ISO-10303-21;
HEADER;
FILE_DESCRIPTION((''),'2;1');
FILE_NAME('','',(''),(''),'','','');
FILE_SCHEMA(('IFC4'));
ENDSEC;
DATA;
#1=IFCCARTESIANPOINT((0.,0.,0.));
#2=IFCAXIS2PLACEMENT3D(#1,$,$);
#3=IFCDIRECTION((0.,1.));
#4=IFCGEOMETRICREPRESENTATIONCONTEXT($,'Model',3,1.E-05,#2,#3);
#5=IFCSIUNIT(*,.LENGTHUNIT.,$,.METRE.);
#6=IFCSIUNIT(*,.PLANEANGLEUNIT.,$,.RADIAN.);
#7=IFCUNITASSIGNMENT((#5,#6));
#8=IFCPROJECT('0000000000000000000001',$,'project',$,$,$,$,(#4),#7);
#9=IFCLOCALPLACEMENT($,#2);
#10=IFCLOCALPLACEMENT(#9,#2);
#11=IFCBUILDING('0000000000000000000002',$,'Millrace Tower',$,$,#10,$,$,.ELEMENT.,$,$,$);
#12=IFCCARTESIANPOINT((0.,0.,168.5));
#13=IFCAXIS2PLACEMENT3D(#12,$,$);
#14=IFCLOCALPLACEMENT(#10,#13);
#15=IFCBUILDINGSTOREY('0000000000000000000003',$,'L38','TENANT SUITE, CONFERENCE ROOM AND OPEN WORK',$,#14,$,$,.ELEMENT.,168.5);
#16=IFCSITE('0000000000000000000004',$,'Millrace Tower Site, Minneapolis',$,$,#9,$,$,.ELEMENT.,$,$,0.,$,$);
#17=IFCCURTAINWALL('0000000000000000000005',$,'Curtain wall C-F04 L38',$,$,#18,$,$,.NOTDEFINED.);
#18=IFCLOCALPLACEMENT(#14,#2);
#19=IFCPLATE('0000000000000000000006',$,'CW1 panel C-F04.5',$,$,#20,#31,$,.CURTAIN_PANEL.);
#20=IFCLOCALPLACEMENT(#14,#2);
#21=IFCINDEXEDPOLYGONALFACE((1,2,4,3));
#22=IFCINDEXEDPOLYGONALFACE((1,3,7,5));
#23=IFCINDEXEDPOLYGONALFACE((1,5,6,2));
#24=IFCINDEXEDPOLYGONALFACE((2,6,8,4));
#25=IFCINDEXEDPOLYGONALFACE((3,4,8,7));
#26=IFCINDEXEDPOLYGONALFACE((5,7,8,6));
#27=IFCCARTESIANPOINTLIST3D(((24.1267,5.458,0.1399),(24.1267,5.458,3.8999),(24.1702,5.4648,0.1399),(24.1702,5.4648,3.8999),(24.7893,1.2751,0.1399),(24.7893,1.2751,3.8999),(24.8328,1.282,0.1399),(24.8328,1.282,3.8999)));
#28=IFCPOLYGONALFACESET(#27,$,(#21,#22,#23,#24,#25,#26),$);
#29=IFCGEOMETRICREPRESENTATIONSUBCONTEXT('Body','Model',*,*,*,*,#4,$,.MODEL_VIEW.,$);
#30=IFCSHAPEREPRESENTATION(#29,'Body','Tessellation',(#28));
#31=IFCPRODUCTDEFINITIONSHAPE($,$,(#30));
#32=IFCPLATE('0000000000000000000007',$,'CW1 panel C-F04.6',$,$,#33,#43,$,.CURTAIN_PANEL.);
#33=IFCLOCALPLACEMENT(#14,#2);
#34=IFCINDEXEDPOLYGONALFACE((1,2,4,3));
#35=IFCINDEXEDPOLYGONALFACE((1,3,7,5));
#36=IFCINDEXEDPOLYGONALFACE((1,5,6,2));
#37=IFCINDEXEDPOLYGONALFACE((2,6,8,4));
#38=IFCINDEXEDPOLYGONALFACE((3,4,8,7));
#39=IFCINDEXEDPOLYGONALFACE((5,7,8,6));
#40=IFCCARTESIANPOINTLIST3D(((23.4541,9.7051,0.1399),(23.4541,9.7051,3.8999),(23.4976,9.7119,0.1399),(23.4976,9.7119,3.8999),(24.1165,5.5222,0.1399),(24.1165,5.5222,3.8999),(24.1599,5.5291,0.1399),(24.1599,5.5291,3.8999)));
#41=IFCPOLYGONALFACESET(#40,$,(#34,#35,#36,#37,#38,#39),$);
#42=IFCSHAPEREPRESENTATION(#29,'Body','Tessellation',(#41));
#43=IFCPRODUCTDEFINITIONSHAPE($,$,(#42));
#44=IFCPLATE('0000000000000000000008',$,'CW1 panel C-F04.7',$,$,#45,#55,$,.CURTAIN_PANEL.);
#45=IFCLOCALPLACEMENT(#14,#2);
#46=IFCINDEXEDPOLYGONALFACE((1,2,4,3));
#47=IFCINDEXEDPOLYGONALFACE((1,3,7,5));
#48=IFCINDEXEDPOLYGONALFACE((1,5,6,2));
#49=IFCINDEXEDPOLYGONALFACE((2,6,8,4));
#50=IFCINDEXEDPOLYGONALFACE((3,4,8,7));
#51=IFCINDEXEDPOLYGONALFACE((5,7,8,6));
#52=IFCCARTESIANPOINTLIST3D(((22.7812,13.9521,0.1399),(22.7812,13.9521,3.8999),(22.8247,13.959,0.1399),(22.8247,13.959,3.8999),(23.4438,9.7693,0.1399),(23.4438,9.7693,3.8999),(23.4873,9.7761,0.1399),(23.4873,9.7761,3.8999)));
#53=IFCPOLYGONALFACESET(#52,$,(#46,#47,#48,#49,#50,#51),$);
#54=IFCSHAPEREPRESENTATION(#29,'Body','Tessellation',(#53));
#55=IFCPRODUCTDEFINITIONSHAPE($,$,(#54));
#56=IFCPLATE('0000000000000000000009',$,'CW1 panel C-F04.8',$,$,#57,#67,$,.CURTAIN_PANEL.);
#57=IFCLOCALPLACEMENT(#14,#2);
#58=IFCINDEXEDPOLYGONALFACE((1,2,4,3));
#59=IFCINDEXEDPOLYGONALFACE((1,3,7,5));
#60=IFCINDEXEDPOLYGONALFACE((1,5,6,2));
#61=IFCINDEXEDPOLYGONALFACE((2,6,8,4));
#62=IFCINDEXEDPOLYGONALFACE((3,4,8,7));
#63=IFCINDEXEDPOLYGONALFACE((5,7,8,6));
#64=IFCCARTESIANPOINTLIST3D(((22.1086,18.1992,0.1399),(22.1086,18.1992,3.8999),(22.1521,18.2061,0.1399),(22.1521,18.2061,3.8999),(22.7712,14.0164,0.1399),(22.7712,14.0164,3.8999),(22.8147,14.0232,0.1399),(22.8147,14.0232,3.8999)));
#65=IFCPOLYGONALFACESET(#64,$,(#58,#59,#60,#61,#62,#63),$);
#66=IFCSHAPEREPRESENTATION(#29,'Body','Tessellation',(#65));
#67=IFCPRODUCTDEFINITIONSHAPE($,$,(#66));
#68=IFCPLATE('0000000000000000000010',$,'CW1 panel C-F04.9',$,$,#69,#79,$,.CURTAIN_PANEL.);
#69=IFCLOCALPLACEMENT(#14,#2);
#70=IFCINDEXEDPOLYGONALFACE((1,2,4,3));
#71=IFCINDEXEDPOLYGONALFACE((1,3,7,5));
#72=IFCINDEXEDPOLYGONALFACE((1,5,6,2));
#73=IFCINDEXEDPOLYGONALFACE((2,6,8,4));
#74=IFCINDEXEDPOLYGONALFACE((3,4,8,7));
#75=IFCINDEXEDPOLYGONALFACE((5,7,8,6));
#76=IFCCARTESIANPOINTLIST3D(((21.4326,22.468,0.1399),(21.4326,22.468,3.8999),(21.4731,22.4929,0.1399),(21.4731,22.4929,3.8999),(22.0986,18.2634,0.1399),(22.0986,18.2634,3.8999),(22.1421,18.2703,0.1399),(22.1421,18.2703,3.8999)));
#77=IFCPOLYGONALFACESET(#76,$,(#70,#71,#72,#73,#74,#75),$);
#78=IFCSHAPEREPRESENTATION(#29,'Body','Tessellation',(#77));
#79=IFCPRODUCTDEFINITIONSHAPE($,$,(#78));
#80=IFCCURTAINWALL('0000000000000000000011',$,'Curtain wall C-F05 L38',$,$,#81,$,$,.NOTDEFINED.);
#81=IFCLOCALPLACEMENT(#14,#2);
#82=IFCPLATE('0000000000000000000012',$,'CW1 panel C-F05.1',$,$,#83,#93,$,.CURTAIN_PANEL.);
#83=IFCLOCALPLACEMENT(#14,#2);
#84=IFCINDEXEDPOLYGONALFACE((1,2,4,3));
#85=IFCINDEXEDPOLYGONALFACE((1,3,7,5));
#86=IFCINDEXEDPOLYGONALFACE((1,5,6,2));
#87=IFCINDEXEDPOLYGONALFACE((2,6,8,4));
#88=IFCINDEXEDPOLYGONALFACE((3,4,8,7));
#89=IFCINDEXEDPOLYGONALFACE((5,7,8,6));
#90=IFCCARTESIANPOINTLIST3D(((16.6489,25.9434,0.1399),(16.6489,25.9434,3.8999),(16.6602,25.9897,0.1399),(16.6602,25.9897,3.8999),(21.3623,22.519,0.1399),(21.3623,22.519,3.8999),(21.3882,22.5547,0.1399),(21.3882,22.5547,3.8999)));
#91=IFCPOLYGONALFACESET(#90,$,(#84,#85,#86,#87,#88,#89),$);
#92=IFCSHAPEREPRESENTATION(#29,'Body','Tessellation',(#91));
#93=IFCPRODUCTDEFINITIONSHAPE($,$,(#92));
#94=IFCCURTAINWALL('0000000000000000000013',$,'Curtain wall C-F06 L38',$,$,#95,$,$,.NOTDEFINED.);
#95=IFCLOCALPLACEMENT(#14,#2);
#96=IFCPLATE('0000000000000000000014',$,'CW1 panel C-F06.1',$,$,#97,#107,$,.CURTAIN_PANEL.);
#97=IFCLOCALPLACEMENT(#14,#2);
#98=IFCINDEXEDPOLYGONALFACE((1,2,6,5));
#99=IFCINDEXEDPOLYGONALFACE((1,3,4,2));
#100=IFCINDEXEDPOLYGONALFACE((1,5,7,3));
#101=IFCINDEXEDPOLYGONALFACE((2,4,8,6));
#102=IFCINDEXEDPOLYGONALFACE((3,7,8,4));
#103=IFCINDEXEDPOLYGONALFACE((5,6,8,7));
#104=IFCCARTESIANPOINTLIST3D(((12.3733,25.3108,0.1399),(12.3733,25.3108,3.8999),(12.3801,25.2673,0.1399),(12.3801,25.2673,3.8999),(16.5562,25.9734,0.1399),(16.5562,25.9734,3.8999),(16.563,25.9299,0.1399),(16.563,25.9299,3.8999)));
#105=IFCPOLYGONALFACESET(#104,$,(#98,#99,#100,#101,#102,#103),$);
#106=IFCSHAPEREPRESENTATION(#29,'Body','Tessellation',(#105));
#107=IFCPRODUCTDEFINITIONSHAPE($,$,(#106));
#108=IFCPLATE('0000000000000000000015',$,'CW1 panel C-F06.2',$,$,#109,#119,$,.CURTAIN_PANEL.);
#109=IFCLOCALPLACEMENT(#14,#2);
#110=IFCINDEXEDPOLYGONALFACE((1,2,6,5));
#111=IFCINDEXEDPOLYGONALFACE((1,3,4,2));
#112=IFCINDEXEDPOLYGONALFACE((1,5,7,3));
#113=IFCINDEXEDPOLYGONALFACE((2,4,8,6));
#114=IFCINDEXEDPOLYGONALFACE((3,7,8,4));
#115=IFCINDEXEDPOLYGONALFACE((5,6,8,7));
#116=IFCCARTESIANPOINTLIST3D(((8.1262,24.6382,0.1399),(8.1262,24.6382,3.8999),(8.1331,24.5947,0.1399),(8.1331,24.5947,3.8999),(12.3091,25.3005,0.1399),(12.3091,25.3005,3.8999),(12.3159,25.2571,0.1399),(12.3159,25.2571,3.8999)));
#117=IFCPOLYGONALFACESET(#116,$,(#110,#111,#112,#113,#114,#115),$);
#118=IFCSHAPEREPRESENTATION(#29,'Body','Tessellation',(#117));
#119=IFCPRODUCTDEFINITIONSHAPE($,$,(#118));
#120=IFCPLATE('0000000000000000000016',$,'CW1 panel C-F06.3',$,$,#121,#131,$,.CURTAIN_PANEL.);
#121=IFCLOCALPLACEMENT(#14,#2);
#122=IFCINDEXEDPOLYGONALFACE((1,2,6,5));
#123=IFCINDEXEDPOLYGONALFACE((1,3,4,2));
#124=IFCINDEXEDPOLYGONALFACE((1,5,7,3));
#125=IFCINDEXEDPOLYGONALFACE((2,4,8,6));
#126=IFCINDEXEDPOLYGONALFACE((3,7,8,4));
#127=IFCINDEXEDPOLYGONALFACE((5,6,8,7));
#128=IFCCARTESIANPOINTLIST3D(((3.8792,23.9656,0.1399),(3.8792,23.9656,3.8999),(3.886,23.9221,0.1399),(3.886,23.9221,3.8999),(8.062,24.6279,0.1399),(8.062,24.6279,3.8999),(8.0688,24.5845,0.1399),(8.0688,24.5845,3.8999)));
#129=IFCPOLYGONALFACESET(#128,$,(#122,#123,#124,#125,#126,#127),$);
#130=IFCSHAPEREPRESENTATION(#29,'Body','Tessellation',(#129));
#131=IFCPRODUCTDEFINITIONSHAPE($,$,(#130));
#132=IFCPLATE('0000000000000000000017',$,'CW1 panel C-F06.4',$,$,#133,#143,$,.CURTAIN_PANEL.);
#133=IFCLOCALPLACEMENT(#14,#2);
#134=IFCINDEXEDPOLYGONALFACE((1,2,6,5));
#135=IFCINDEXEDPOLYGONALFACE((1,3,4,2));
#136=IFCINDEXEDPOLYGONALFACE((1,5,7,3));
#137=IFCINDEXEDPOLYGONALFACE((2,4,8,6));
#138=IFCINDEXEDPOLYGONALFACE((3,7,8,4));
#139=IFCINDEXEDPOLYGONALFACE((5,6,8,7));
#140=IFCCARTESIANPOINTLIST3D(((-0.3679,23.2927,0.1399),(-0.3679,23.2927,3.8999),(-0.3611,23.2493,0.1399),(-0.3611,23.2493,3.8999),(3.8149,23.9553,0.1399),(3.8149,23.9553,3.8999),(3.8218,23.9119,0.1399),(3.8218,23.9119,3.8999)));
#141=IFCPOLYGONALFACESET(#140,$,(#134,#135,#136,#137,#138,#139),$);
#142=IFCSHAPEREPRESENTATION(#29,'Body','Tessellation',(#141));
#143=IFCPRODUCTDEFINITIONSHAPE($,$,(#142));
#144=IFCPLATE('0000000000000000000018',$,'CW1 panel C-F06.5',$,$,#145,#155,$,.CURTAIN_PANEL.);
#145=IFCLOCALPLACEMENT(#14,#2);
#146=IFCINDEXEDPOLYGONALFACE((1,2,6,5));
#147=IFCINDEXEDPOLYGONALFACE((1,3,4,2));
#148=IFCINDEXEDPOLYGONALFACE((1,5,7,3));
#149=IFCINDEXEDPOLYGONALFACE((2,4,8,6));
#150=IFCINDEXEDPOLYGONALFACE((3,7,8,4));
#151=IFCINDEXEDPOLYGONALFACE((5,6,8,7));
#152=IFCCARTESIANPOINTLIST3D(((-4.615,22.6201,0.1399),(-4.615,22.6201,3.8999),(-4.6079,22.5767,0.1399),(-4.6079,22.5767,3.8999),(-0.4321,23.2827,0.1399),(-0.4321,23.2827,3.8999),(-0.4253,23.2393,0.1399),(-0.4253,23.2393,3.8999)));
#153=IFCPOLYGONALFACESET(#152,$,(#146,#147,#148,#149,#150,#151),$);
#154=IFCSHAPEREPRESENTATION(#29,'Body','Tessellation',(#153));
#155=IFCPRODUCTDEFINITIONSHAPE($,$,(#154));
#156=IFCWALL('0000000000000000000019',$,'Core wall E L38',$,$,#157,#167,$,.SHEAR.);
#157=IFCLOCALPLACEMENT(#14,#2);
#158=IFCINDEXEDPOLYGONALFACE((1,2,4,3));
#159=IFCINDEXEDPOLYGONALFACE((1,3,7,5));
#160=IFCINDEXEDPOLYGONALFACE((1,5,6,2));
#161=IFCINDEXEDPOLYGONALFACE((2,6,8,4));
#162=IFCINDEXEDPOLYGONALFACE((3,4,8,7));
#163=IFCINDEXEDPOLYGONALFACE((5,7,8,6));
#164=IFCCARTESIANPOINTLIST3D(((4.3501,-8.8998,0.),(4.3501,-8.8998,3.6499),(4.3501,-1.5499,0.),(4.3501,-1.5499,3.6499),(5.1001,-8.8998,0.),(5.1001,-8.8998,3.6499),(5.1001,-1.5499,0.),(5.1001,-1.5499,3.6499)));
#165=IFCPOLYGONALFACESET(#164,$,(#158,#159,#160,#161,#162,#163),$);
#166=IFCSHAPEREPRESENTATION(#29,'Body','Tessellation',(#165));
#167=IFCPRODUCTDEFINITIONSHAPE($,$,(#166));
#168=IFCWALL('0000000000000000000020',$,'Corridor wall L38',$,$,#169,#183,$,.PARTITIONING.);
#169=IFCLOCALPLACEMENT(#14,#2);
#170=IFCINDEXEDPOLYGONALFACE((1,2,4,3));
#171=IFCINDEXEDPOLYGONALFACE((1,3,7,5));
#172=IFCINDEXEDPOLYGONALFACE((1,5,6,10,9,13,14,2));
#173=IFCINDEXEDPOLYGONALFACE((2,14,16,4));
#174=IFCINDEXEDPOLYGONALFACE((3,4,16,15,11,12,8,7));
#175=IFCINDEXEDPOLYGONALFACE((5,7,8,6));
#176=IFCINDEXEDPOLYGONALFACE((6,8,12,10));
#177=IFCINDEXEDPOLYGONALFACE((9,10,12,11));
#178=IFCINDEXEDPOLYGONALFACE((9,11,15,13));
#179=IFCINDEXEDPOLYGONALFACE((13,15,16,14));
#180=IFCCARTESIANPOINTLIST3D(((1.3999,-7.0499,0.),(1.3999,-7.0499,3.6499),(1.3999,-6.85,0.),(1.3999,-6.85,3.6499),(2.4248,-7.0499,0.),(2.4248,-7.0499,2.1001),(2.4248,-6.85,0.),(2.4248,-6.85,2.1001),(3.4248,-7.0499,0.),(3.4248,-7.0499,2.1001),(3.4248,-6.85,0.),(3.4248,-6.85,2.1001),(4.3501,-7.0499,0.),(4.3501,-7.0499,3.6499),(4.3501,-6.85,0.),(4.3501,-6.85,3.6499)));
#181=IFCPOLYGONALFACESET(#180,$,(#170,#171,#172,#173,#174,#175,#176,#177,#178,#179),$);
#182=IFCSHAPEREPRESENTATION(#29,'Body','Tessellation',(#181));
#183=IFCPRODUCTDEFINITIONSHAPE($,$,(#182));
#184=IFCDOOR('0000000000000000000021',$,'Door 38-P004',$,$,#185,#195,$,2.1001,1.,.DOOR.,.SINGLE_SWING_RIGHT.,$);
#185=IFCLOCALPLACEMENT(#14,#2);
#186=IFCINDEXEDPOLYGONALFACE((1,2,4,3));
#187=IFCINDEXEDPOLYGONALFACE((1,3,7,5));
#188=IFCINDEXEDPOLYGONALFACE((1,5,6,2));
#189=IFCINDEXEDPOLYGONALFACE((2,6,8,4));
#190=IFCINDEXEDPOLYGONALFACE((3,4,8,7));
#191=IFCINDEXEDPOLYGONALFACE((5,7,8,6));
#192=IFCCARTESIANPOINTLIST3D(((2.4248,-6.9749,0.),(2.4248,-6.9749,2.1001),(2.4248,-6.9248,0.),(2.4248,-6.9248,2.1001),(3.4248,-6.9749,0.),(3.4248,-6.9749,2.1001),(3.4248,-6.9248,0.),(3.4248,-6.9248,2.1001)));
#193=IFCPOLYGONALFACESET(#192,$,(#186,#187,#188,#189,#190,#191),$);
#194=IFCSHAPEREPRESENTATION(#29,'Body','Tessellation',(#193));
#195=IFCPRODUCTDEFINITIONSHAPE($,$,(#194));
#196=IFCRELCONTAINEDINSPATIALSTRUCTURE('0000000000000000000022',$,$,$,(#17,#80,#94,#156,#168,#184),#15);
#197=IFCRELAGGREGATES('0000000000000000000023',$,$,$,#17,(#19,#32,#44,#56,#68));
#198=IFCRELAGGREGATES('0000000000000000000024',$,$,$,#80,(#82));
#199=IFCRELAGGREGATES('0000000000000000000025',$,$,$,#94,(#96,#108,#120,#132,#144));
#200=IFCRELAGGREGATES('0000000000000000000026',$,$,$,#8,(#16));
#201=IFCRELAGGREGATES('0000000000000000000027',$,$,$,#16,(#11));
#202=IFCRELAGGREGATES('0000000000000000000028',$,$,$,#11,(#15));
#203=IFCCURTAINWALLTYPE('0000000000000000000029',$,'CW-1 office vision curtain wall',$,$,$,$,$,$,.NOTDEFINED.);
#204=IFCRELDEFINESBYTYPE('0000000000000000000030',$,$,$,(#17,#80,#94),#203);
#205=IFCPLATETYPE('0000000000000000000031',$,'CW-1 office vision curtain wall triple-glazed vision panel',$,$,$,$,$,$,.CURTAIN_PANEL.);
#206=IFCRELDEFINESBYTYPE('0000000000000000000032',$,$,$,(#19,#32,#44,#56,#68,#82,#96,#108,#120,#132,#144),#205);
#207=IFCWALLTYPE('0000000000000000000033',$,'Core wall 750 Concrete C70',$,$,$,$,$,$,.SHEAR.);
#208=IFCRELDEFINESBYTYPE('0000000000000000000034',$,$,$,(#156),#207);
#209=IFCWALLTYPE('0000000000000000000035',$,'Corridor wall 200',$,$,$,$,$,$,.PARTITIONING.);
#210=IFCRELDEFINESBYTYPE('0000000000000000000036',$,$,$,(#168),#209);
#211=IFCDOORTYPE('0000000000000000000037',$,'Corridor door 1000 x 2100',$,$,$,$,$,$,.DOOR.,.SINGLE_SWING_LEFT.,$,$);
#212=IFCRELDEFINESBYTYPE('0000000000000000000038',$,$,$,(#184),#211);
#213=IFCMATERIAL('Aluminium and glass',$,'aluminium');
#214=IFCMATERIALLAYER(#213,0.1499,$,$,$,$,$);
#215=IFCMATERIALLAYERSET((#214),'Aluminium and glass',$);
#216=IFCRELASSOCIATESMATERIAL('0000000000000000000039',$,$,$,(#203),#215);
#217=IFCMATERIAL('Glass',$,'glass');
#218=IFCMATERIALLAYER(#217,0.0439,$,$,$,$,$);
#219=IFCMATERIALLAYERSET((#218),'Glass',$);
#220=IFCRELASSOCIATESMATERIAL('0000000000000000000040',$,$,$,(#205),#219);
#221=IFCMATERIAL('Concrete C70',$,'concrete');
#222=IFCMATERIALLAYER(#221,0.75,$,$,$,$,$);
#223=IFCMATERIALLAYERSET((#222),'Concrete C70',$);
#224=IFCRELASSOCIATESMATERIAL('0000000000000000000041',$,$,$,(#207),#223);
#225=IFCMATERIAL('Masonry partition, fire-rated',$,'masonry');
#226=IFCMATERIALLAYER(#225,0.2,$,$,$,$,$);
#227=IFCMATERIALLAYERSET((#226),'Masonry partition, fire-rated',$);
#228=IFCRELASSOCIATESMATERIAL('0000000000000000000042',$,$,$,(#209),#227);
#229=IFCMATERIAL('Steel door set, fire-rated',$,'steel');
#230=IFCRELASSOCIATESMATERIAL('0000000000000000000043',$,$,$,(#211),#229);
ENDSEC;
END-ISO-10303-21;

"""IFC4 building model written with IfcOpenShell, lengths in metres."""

from ifc_helpers import new_model, si_unit, direction, frame, frame_2d, origin, place, context, subcontext, project, spatial, polyline, rectangle, outline, extrude, material, layer, layer_set, type_object, element, fill, aggregate, save


model = new_model("IFC4")

# Units and contexts
model_context = context("Model", 3, precision=1e-05, world=origin(), true_north=direction((0.0, 1.0)))
body_context = subcontext(model_context, "Body", "Model", "MODEL_VIEW")
ifc_project = project(units=[si_unit("LENGTHUNIT", "METRE"), si_unit("PLANEANGLEUNIT", "RADIAN")], contexts=[model_context])

# Site, building, storey
site_placement = place(None, origin())
site = spatial("IfcSite", under=ifc_project, at=site_placement, Name="Millrace Tower Site, Minneapolis", CompositionType="ELEMENT", RefElevation=0.0)
building_placement = place(site_placement, origin())
building = spatial("IfcBuilding", under=site, at=building_placement, Name="Millrace Tower", CompositionType="ELEMENT")
storey_placement = place(building_placement, frame((0.0, 0.0, 168.5)))
storey = spatial("IfcBuildingStorey", under=building, at=storey_placement, Name="L38", Description="TENANT SUITE, CONFERENCE ROOM AND OPEN WORK", CompositionType="ELEMENT", Elevation=168.5)

# Curtain wall, plates
ifc_material_1 = material(Name="Aluminium and glass", Category="aluminium")
ifc_layer_1 = layer(ifc_material_1, 0.1499)
ifc_layer_set_1 = layer_set([ifc_layer_1], Name="Aluminium and glass")
curtain_wall_type = type_object("IfcCurtainWallType", Name="CW-1 office vision curtain wall", PredefinedType="NOTDEFINED", material=ifc_layer_set_1)
placement_1 = place(storey_placement, origin())
curtain_wall_1 = element("IfcCurtainWall", 1, at=placement_1, inside=storey, type_object=curtain_wall_type, Name="Curtain wall C-F04 L38", PredefinedType="NOTDEFINED")
ifc_material_2 = material(Name="Glass", Category="glass")
ifc_layer_2 = layer(ifc_material_2, 0.0439)
ifc_layer_set_2 = layer_set([ifc_layer_2], Name="Glass")
plate_type = type_object("IfcPlateType", Name="CW-1 office vision curtain wall triple-glazed vision panel", PredefinedType="CURTAIN_PANEL", material=ifc_layer_set_2)
placement_2 = place(storey_placement, frame((0.0, 0.0, 0.1399)))
plate_1 = element("IfcPlate", 2, at=placement_2, type_object=plate_type, Name="CW1 panel C-F04.5", PredefinedType="CURTAIN_PANEL", context=body_context, shape_type="SweptSolid", body=[
    extrude(outline(polyline([(24.8328, 1.282), (24.1702, 5.4648), (24.1267, 5.458), (24.7893, 1.2751), (24.8328, 1.282)])), origin(), (0.0, 0.0, 1.0), 3.76),
])
plate_2 = element("IfcPlate", 3, at=placement_2, type_object=plate_type, Name="CW1 panel C-F04.6", PredefinedType="CURTAIN_PANEL", context=body_context, shape_type="SweptSolid", body=[
    extrude(outline(polyline([(24.1599, 5.5291), (23.4976, 9.7119), (23.4541, 9.7051), (24.1165, 5.5222), (24.1599, 5.5291)])), origin(), (0.0, 0.0, 1.0), 3.76),
])
plate_3 = element("IfcPlate", 4, at=placement_2, type_object=plate_type, Name="CW1 panel C-F04.7", PredefinedType="CURTAIN_PANEL", context=body_context, shape_type="SweptSolid", body=[
    extrude(outline(polyline([(23.4873, 9.7761), (22.8247, 13.959), (22.7812, 13.9521), (23.4438, 9.7693), (23.4873, 9.7761)])), origin(), (0.0, 0.0, 1.0), 3.76),
])
plate_4 = element("IfcPlate", 5, at=placement_2, type_object=plate_type, Name="CW1 panel C-F04.8", PredefinedType="CURTAIN_PANEL", context=body_context, shape_type="SweptSolid", body=[
    extrude(outline(polyline([(22.8147, 14.0232), (22.1521, 18.2061), (22.1086, 18.1992), (22.7712, 14.0164), (22.8147, 14.0232)])), origin(), (0.0, 0.0, 1.0), 3.76),
])
plate_5 = element("IfcPlate", 6, at=placement_2, type_object=plate_type, Name="CW1 panel C-F04.9", PredefinedType="CURTAIN_PANEL", context=body_context, shape_type="SweptSolid", body=[
    extrude(outline(polyline([(22.1421, 18.2703), (21.4731, 22.4929), (21.4326, 22.468), (22.0986, 18.2634), (22.1421, 18.2703)])), origin(), (0.0, 0.0, 1.0), 3.76),
])
aggregate(curtain_wall_1, [plate_1, plate_2, plate_3, plate_4, plate_5])

# Curtain wall, plate
curtain_wall_2 = element("IfcCurtainWall", 7, at=placement_1, inside=storey, type_object=curtain_wall_type, Name="Curtain wall C-F05 L38", PredefinedType="NOTDEFINED")
plate_6 = element("IfcPlate", 8, at=placement_2, type_object=plate_type, Name="CW1 panel C-F05.1", PredefinedType="CURTAIN_PANEL", context=body_context, shape_type="SweptSolid", body=[
    extrude(outline(polyline([(21.3882, 22.5547), (16.6602, 25.9897), (16.6489, 25.9434), (21.3623, 22.519), (21.3882, 22.5547)])), origin(), (0.0, 0.0, 1.0), 3.76),
])
aggregate(curtain_wall_2, [plate_6])

# Curtain wall, plates
curtain_wall_3 = element("IfcCurtainWall", 9, at=placement_1, inside=storey, type_object=curtain_wall_type, Name="Curtain wall C-F06 L38", PredefinedType="NOTDEFINED")
plate_7 = element("IfcPlate", 10, at=placement_2, type_object=plate_type, Name="CW1 panel C-F06.1", PredefinedType="CURTAIN_PANEL", context=body_context, shape_type="SweptSolid", body=[
    extrude(outline(polyline([(16.5562, 25.9734), (12.3733, 25.3108), (12.3801, 25.2673), (16.563, 25.9299), (16.5562, 25.9734)])), origin(), (0.0, 0.0, 1.0), 3.76),
])
plate_8 = element("IfcPlate", 11, at=placement_2, type_object=plate_type, Name="CW1 panel C-F06.2", PredefinedType="CURTAIN_PANEL", context=body_context, shape_type="SweptSolid", body=[
    extrude(outline(polyline([(12.3091, 25.3005), (8.1262, 24.6382), (8.1331, 24.5947), (12.3159, 25.2571), (12.3091, 25.3005)])), origin(), (0.0, 0.0, 1.0), 3.76),
])
plate_9 = element("IfcPlate", 12, at=placement_2, type_object=plate_type, Name="CW1 panel C-F06.3", PredefinedType="CURTAIN_PANEL", context=body_context, shape_type="SweptSolid", body=[
    extrude(outline(polyline([(8.062, 24.6279), (3.8792, 23.9656), (3.886, 23.9221), (8.0688, 24.5845), (8.062, 24.6279)])), origin(), (0.0, 0.0, 1.0), 3.76),
])
plate_10 = element("IfcPlate", 13, at=placement_2, type_object=plate_type, Name="CW1 panel C-F06.4", PredefinedType="CURTAIN_PANEL", context=body_context, shape_type="SweptSolid", body=[
    extrude(outline(polyline([(3.8149, 23.9553), (-0.3679, 23.2927), (-0.3611, 23.2493), (3.8218, 23.9119), (3.8149, 23.9553)])), origin(), (0.0, 0.0, 1.0), 3.76),
])
plate_11 = element("IfcPlate", 14, at=placement_2, type_object=plate_type, Name="CW1 panel C-F06.5", PredefinedType="CURTAIN_PANEL", context=body_context, shape_type="SweptSolid", body=[
    extrude(outline(polyline([(-0.4321, 23.2827), (-4.615, 22.6201), (-4.6079, 22.5767), (-0.4253, 23.2393), (-0.4321, 23.2827)])), origin(), (0.0, 0.0, 1.0), 3.76),
])
aggregate(curtain_wall_3, [plate_7, plate_8, plate_9, plate_10, plate_11])

# Wall
ifc_material_3 = material(Name="Concrete C70", Category="concrete")
ifc_layer_3 = layer(ifc_material_3, 0.75)
ifc_layer_set_3 = layer_set([ifc_layer_3], Name="Concrete C70")
wall_type_1 = type_object("IfcWallType", Name="Core wall 750 Concrete C70", PredefinedType="SHEAR", material=ifc_layer_set_3)
wall_1_placement = place(storey_placement, frame((4.7251, -1.55, 0.0), z_axis=(0.0, 0.0, 1.0), x_axis=(0.0, -1.0, 0.0)))
element("IfcWall", 15, at=wall_1_placement, inside=storey, type_object=wall_type_1, Name="Core wall E L38", PredefinedType="SHEAR", context=body_context, shape_type="SweptSolid", body=[
    extrude(rectangle(XDim=7.3499, YDim=0.75, at=frame_2d((3.6748, 0.0))), origin(), (0.0, 0.0, 1.0), 3.6499),
])

# Wall, opening, door
ifc_material_4 = material(Name="Masonry partition, fire-rated", Category="masonry")
ifc_layer_4 = layer(ifc_material_4, 0.2)
ifc_layer_set_4 = layer_set([ifc_layer_4], Name="Masonry partition, fire-rated")
wall_type_2 = type_object("IfcWallType", Name="Corridor wall 200", PredefinedType="PARTITIONING", material=ifc_layer_set_4)
wall_2_placement = place(storey_placement, frame((1.3999, -6.95, 0.0), z_axis=(0.0, 0.0, 1.0), x_axis=(1.0, 0.0, 0.0)))
wall_2 = element("IfcWall", 16, at=wall_2_placement, inside=storey, type_object=wall_type_2, Name="Corridor wall L38", PredefinedType="PARTITIONING", context=body_context, shape_type="SweptSolid", body=[
    extrude(rectangle(XDim=2.9502, YDim=0.2, at=frame_2d((1.4751, 0.0))), origin(), (0.0, 0.0, 1.0), 3.6499),
])
opening_1_placement = place(wall_2_placement, frame((1.0249, 0.0, 0.0)))
opening_1 = element("IfcOpeningElement", 17, at=opening_1_placement, cuts=wall_2, PredefinedType="OPENING", context=body_context, shape_type="SweptSolid", body=[
    extrude(rectangle(XDim=1.0, YDim=2.1001, at=frame_2d((0.5, 1.05))), frame((0.0, 0.1099, 0.0), z_axis=(0.0, -1.0, 0.0), x_axis=(1.0, 0.0, 0.0)), (0.0, 0.0, 1.0), 0.22),
])
ifc_material_5 = material(Name="Steel door set, fire-rated", Category="steel")
door_type_1 = type_object("IfcDoorType", Name="Corridor door 1000 x 2100", OperationType="SINGLE_SWING_LEFT", PredefinedType="DOOR", material=ifc_material_5)
door_1_placement = place(opening_1_placement, frame((1.0, 0.0, 0.0), z_axis=(0.0, 0.0, 1.0), x_axis=(-1.0, 0.0, 0.0)))
door_1 = element("IfcDoor", 18, at=door_1_placement, inside=storey, type_object=door_type_1, Name="Door 38-P004", OperationType="SINGLE_SWING_RIGHT", OverallHeight=2.1001, OverallWidth=1.0, PredefinedType="DOOR", context=body_context, shape_type="SweptSolid", body=[
    extrude(rectangle(XDim=1.0, YDim=2.1001, at=frame_2d((0.5, 1.05))), frame((0.0, 0.0249, 0.0), z_axis=(0.0, -1.0, 0.0), x_axis=(1.0, 0.0, 0.0)), (0.0, 0.0, 1.0), 0.05),
])
fill(opening_1, door_1)

save(model, "model.ifc")
